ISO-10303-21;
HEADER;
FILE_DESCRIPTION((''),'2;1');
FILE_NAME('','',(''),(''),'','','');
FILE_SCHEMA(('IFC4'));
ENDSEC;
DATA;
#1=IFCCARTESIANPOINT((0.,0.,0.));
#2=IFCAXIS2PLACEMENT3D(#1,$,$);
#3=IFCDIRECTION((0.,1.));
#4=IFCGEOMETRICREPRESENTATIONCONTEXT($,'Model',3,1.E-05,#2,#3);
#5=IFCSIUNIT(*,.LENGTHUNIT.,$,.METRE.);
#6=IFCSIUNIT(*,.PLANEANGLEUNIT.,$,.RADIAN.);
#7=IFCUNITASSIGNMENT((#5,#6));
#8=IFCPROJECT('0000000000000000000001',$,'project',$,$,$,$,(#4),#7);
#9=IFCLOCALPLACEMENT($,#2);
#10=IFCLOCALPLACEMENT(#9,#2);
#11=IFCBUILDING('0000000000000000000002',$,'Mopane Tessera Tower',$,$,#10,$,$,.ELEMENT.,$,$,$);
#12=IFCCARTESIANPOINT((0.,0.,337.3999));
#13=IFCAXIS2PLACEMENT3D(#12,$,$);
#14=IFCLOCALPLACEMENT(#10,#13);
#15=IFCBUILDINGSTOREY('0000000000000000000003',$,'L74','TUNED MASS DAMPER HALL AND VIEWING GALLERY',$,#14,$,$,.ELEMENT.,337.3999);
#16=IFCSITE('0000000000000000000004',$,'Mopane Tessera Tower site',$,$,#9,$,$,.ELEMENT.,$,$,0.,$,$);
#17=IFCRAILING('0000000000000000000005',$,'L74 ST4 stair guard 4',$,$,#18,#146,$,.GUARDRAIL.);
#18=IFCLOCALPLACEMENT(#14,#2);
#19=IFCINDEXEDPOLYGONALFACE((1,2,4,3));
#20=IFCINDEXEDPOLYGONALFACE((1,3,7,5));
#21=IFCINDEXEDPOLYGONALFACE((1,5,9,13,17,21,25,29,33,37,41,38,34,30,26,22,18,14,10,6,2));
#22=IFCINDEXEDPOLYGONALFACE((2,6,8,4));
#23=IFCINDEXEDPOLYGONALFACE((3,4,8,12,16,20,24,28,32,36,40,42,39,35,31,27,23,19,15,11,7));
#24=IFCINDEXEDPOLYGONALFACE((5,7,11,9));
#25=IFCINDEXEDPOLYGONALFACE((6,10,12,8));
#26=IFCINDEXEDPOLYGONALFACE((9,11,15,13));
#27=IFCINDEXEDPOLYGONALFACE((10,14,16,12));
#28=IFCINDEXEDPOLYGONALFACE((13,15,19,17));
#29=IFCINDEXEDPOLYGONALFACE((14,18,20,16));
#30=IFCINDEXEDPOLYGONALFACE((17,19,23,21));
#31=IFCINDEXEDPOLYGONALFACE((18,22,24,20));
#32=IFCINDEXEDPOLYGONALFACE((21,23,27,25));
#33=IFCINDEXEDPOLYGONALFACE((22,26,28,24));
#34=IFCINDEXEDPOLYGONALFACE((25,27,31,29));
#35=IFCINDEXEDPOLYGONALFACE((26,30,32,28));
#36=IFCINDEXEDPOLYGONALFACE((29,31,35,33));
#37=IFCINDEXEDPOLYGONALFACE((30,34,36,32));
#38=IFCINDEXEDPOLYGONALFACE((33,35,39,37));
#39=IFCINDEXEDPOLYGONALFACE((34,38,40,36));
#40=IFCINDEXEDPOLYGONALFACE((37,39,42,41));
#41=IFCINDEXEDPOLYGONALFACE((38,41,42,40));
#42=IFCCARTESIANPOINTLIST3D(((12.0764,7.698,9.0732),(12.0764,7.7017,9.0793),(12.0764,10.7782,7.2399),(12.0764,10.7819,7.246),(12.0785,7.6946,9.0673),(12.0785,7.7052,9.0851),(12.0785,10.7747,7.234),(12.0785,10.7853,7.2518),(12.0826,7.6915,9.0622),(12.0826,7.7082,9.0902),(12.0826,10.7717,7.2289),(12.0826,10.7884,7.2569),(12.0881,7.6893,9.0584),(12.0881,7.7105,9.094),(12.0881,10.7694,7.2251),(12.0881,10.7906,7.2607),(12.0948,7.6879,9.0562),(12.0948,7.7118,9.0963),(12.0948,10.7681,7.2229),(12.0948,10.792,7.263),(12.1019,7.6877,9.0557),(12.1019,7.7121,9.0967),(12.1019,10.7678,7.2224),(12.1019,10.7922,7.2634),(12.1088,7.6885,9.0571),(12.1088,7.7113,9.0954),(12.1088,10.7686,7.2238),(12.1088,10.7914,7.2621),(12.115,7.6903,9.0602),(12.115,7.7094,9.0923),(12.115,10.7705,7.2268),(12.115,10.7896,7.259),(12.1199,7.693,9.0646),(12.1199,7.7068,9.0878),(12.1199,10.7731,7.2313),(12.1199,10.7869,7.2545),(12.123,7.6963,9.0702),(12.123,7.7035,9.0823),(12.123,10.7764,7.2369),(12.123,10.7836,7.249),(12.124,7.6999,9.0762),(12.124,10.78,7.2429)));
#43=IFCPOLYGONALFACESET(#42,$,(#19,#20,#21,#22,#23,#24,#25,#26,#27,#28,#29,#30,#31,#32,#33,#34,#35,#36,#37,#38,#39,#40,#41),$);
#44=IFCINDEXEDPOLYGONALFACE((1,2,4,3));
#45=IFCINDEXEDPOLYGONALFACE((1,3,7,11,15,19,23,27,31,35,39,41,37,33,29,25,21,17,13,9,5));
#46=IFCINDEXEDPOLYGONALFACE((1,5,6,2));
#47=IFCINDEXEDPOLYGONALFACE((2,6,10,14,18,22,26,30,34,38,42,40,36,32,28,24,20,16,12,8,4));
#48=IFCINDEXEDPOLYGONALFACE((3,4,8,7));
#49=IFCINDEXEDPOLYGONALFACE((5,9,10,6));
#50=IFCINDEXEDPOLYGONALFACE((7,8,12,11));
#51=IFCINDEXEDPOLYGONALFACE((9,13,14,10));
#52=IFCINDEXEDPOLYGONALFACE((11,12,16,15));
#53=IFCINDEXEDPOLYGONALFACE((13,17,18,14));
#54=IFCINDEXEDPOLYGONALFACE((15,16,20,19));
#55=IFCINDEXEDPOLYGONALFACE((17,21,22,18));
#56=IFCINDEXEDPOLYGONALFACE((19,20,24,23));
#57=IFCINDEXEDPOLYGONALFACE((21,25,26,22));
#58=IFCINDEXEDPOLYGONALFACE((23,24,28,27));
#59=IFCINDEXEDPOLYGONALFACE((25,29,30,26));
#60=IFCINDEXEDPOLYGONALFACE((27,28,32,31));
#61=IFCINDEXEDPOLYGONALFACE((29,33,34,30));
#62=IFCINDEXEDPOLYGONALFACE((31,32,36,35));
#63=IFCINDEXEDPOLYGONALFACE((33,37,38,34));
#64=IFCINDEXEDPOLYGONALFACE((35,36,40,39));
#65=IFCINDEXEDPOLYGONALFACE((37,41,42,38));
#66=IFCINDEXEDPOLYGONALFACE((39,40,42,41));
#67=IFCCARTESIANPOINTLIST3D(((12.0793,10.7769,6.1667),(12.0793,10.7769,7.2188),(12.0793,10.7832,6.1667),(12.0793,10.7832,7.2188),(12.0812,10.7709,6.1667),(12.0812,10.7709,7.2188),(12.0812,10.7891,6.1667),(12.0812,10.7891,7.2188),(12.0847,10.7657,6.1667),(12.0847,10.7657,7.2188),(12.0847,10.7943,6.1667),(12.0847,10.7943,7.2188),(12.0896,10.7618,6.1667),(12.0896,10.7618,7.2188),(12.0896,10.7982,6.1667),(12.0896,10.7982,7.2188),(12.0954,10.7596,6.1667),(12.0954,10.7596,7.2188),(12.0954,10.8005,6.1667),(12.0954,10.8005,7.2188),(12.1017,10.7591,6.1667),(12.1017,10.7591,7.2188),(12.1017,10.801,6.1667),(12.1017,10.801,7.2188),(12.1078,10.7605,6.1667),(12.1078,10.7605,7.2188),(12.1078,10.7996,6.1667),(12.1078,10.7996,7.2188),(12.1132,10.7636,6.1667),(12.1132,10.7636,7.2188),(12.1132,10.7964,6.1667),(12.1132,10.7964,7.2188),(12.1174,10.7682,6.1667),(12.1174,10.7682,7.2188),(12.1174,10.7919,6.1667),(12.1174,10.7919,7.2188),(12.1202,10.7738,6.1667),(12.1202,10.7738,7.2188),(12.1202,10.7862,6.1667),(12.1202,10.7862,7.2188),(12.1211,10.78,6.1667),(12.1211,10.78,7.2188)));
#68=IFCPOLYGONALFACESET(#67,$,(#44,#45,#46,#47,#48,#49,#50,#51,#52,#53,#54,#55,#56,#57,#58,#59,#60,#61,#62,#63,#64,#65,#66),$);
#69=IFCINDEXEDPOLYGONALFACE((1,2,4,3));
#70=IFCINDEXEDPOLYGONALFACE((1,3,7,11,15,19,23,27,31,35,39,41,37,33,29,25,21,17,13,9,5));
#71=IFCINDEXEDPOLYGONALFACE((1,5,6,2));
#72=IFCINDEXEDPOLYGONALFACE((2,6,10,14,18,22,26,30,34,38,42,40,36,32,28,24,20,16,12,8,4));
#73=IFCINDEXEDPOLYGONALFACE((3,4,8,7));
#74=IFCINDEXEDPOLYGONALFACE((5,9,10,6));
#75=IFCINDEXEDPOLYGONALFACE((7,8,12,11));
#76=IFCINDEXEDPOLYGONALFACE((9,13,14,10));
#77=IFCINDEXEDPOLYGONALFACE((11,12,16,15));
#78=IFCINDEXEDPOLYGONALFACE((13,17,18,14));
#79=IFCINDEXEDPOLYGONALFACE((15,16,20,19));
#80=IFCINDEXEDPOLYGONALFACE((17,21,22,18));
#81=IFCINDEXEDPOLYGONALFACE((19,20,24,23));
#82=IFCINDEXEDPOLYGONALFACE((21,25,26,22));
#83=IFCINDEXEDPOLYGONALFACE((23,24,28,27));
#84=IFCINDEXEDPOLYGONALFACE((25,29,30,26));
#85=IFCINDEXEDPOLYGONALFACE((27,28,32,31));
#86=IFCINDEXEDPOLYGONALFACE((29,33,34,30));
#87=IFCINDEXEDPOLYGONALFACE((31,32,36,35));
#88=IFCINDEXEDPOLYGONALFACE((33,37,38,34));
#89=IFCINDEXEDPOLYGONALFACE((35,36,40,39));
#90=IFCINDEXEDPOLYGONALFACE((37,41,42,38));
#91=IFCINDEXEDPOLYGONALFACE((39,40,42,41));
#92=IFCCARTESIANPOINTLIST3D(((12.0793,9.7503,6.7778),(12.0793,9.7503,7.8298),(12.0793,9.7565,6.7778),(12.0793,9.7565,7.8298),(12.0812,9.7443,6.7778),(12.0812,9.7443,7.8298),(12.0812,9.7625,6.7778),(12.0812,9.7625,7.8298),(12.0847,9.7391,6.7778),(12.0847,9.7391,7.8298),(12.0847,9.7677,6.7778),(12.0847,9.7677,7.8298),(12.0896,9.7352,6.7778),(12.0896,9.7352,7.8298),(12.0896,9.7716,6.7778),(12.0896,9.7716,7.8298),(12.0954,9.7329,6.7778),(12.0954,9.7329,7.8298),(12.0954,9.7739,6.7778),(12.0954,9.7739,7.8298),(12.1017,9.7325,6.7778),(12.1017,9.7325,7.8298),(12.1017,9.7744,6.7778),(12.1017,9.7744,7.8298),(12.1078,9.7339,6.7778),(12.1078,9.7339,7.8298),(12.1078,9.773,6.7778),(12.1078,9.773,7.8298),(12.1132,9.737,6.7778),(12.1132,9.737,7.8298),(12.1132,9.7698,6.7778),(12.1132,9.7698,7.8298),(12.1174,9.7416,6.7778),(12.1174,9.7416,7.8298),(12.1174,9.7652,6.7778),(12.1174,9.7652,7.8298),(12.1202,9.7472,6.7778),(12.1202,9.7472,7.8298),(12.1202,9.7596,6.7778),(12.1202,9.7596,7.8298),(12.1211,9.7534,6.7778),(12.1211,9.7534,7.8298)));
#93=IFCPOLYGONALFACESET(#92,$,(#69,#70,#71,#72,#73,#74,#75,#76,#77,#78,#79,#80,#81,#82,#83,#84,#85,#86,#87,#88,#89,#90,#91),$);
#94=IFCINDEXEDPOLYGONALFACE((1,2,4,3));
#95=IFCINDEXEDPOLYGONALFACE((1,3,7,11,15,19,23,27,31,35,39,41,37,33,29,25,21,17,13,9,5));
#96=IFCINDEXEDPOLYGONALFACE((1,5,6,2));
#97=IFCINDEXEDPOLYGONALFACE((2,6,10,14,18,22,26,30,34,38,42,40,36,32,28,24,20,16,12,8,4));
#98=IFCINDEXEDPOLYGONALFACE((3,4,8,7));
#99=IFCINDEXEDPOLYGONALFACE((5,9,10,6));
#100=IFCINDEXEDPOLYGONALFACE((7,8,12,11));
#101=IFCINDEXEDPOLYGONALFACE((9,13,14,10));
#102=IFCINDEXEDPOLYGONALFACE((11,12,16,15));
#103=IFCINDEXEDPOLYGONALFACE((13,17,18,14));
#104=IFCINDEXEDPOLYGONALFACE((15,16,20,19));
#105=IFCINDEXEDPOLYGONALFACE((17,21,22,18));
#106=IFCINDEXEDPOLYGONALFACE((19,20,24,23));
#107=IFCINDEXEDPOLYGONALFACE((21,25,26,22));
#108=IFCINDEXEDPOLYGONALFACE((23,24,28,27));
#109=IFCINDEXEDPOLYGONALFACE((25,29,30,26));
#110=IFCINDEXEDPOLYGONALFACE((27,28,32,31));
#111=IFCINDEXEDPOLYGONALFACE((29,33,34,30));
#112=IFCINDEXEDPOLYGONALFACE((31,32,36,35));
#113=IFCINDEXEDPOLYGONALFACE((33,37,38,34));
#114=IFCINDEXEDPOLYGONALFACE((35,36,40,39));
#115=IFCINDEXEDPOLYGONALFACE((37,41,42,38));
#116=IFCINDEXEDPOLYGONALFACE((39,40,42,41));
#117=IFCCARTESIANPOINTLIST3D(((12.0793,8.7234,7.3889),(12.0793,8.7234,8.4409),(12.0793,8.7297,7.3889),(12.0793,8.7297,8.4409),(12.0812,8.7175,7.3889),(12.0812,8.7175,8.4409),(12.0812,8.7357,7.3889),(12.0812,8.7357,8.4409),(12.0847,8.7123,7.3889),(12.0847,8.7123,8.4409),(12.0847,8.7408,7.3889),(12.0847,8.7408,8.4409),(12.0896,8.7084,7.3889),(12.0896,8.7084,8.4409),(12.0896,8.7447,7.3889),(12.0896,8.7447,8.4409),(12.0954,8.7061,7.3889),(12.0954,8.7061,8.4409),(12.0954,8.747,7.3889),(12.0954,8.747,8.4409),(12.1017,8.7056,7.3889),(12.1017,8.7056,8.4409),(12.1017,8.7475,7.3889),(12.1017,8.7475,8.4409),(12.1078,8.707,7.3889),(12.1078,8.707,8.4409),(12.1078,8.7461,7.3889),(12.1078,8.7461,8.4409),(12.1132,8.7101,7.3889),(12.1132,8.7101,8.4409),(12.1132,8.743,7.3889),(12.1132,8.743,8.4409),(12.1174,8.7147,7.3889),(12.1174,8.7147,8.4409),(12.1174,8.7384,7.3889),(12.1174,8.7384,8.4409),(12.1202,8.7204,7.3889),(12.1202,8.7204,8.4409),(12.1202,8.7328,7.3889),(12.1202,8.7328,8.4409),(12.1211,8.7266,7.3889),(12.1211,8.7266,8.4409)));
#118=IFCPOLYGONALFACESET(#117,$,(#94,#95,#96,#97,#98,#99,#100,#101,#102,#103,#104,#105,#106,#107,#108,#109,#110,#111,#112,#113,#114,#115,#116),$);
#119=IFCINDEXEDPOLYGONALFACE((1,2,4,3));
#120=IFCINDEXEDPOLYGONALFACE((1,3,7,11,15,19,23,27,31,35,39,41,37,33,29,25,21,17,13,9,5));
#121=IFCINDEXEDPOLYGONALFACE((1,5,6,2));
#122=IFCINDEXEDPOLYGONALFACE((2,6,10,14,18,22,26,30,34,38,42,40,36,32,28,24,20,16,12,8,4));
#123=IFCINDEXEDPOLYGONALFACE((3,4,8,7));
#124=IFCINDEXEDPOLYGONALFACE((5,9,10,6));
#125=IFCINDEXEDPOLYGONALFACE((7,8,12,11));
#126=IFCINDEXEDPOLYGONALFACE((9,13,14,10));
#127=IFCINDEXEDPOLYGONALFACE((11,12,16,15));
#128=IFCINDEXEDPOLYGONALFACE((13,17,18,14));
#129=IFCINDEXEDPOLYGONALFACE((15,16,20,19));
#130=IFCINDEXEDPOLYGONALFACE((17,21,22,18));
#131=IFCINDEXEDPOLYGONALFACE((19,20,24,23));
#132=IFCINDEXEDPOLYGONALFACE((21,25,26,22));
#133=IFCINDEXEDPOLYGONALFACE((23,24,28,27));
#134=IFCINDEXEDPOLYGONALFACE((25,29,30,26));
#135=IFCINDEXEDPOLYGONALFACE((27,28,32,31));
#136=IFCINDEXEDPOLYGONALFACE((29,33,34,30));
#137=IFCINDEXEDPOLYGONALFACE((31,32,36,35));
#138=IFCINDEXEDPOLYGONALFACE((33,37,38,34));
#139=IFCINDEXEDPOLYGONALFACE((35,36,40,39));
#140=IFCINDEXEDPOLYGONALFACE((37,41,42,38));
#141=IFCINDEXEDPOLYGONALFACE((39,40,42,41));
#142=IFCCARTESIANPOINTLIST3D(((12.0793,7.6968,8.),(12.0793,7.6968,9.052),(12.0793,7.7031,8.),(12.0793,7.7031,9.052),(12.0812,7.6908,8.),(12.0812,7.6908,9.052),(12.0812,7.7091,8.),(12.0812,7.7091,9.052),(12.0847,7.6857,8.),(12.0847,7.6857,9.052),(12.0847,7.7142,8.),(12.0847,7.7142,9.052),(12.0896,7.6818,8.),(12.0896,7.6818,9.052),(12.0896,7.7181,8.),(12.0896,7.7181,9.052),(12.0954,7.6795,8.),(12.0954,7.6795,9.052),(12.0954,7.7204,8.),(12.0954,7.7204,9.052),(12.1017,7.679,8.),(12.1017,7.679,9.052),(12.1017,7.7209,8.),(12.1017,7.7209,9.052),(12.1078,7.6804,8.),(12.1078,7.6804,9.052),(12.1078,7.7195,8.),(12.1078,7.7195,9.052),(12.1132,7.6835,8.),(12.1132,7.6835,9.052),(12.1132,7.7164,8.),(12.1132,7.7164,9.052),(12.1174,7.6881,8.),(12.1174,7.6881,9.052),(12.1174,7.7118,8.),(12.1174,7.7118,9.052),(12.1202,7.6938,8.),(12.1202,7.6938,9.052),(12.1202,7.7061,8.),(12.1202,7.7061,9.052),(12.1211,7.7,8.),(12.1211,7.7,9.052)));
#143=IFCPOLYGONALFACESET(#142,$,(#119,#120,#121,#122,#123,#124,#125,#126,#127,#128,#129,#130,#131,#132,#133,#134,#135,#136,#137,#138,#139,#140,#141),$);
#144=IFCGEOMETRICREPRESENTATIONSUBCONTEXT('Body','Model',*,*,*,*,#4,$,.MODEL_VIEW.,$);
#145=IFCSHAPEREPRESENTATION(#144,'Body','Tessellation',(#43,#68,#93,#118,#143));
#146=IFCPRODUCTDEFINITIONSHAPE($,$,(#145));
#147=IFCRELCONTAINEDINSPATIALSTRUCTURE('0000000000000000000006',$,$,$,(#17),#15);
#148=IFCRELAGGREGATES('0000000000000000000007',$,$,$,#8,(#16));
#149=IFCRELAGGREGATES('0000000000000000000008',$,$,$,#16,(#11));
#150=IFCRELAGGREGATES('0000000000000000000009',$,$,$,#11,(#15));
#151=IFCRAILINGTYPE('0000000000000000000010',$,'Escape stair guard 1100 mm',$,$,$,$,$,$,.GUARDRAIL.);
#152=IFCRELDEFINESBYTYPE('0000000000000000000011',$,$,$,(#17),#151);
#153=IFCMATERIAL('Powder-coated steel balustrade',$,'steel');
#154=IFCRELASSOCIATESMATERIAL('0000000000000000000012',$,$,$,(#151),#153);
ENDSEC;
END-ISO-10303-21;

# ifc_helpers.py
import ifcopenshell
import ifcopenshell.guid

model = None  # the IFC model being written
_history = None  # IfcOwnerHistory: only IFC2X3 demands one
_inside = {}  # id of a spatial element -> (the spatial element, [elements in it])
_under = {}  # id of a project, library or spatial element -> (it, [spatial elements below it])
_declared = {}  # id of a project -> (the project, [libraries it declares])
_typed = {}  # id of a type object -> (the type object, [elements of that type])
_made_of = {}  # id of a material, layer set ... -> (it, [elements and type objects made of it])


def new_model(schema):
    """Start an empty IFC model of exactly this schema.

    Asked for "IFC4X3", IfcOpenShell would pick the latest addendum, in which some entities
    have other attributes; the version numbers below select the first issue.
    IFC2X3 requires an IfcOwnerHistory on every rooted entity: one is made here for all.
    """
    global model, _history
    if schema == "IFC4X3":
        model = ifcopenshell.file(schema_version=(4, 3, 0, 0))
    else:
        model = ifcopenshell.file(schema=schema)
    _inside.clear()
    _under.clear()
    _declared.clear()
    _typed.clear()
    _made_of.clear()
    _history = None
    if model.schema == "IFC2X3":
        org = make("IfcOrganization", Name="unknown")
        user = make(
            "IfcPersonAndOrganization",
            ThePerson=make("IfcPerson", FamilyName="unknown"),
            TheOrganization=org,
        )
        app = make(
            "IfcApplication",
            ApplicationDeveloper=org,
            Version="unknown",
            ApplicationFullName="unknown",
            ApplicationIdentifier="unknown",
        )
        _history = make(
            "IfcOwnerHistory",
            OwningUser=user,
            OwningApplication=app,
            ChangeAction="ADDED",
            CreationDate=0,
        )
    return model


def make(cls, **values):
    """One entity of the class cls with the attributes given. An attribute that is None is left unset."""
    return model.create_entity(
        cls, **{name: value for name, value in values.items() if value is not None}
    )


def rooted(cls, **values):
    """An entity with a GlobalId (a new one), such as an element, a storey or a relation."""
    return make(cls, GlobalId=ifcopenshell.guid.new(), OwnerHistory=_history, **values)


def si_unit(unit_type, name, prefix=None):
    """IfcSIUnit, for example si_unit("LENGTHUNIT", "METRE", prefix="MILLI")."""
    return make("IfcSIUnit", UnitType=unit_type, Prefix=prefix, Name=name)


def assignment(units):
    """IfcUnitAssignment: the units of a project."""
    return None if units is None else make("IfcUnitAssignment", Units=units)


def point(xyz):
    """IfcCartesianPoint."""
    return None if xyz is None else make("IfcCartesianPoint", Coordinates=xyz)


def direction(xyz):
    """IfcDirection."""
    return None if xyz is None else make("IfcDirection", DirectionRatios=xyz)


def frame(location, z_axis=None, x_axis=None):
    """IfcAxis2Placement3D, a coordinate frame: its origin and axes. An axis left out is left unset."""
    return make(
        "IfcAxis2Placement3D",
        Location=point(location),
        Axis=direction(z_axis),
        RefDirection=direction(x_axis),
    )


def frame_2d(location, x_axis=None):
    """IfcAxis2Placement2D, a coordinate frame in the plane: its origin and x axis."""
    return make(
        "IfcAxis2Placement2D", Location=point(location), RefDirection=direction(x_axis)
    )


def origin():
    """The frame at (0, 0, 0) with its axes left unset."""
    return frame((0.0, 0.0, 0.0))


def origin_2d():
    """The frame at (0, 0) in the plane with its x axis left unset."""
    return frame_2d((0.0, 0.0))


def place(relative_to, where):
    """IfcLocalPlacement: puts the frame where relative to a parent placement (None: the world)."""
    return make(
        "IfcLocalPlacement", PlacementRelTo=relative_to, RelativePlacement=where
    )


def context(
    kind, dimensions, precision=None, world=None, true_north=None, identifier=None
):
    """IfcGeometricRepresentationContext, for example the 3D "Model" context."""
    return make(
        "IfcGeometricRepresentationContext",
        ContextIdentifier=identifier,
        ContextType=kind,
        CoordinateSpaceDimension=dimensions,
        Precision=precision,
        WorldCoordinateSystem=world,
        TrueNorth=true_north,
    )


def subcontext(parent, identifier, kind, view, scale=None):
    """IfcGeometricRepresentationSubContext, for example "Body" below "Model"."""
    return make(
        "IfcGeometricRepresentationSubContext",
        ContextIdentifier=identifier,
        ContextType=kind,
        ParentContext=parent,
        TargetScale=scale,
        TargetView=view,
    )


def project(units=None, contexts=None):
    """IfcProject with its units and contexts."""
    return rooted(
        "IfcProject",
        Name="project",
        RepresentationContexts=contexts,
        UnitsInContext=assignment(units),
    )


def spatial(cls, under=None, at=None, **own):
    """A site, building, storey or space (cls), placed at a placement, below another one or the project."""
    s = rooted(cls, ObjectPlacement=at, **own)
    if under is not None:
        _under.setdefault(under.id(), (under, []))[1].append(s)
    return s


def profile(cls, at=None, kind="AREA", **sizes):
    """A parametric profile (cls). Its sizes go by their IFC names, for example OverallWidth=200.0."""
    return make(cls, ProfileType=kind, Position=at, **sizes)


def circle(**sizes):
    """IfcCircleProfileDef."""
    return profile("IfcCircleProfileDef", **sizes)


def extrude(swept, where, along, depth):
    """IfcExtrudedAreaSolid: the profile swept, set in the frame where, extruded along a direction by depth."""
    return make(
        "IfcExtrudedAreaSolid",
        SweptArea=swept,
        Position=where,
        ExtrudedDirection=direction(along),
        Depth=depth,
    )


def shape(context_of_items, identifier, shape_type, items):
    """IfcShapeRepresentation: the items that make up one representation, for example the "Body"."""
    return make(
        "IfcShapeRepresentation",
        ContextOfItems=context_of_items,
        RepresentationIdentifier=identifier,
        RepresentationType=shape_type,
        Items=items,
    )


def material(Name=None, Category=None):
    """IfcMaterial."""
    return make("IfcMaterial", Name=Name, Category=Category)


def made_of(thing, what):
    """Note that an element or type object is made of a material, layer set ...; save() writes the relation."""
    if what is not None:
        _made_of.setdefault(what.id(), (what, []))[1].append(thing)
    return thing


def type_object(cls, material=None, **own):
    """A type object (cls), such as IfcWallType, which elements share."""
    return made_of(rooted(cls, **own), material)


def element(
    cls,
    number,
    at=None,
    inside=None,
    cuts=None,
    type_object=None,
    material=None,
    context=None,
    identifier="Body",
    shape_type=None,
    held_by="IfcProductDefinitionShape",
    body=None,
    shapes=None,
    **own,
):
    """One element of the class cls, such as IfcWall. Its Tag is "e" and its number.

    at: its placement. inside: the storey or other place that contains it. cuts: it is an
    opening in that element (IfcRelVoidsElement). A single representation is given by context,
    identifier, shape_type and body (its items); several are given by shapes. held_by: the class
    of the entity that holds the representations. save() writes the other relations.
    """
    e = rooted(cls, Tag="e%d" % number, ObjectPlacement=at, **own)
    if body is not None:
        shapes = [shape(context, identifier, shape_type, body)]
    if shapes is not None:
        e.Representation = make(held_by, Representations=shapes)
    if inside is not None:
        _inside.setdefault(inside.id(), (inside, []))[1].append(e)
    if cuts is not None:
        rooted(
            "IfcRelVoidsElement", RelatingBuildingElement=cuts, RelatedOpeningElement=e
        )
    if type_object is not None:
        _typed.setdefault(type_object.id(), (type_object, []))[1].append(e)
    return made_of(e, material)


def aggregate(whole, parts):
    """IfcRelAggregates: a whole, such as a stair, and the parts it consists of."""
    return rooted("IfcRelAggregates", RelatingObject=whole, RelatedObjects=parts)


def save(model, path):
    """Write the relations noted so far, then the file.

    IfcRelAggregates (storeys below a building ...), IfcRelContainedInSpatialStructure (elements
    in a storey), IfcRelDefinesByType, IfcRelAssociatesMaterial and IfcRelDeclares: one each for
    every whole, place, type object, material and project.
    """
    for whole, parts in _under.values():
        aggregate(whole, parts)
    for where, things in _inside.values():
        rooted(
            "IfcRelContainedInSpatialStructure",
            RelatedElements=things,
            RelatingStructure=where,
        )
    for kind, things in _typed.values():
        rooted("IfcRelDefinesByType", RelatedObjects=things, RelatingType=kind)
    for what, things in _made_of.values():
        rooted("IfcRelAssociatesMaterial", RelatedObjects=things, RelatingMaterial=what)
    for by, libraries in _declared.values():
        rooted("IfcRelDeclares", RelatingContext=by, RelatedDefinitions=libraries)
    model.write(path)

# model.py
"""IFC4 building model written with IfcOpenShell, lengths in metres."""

from ifc_helpers import new_model, si_unit, direction, frame, origin, origin_2d, place, context, subcontext, project, spatial, circle, extrude, material, type_object, element, save


model = new_model("IFC4")

# Units and contexts
model_context = context("Model", 3, precision=1e-05, world=origin(), true_north=direction((0.0, 1.0)))
body_context = subcontext(model_context, "Body", "Model", "MODEL_VIEW")
ifc_project = project(units=[si_unit("LENGTHUNIT", "METRE"), si_unit("PLANEANGLEUNIT", "RADIAN")], contexts=[model_context])

# Site, building, storey
site_placement = place(None, origin())
site = spatial("IfcSite", under=ifc_project, at=site_placement, Name="Mopane Tessera Tower site", CompositionType="ELEMENT", RefElevation=0.0)
building_placement = place(site_placement, origin())
building = spatial("IfcBuilding", under=site, at=building_placement, Name="Mopane Tessera Tower", CompositionType="ELEMENT")
storey_placement = place(building_placement, frame((0.0, 0.0, 337.3999)))
storey = spatial("IfcBuildingStorey", under=building, at=storey_placement, Name="L74", Description="TUNED MASS DAMPER HALL AND VIEWING GALLERY", CompositionType="ELEMENT", Elevation=337.3999)

# Railing
ifc_material_1 = material(Name="Powder-coated steel balustrade", Category="steel")
railing_type_1 = type_object("IfcRailingType", Name="Escape stair guard 1100 mm", PredefinedType="GUARDRAIL", material=ifc_material_1)
railing_1_placement = place(storey_placement, frame((12.1001, 10.78, 6.1667)))
element("IfcRailing", 1, at=railing_1_placement, inside=storey, type_object=railing_type_1, Name="L74 ST4 stair guard 4", PredefinedType="GUARDRAIL", context=body_context, shape_type="SweptSolid", body=[
    extrude(circle(Radius=0.0239, at=origin_2d()), frame((0.0, 0.0, 1.0762), z_axis=(0.0, -0.859309, 0.511458), x_axis=(1.0, 0.0, 0.0)), (0.0, 0.0, 1.0), 3.5845),
    extrude(circle(Radius=0.021, at=origin_2d()), origin(), (0.0, 0.0, 1.0), 1.052),
    extrude(circle(Radius=0.021, at=origin_2d()), frame((0.0, -1.0266, 0.6111)), (0.0, 0.0, 1.0), 1.052),
    extrude(circle(Radius=0.021, at=origin_2d()), frame((0.0, -2.0535, 1.2222)), (0.0, 0.0, 1.0), 1.052),
    extrude(circle(Radius=0.021, at=origin_2d()), frame((0.0, -3.0801, 1.8333)), (0.0, 0.0, 1.0), 1.052),
])

save(model, "model.ifc")
